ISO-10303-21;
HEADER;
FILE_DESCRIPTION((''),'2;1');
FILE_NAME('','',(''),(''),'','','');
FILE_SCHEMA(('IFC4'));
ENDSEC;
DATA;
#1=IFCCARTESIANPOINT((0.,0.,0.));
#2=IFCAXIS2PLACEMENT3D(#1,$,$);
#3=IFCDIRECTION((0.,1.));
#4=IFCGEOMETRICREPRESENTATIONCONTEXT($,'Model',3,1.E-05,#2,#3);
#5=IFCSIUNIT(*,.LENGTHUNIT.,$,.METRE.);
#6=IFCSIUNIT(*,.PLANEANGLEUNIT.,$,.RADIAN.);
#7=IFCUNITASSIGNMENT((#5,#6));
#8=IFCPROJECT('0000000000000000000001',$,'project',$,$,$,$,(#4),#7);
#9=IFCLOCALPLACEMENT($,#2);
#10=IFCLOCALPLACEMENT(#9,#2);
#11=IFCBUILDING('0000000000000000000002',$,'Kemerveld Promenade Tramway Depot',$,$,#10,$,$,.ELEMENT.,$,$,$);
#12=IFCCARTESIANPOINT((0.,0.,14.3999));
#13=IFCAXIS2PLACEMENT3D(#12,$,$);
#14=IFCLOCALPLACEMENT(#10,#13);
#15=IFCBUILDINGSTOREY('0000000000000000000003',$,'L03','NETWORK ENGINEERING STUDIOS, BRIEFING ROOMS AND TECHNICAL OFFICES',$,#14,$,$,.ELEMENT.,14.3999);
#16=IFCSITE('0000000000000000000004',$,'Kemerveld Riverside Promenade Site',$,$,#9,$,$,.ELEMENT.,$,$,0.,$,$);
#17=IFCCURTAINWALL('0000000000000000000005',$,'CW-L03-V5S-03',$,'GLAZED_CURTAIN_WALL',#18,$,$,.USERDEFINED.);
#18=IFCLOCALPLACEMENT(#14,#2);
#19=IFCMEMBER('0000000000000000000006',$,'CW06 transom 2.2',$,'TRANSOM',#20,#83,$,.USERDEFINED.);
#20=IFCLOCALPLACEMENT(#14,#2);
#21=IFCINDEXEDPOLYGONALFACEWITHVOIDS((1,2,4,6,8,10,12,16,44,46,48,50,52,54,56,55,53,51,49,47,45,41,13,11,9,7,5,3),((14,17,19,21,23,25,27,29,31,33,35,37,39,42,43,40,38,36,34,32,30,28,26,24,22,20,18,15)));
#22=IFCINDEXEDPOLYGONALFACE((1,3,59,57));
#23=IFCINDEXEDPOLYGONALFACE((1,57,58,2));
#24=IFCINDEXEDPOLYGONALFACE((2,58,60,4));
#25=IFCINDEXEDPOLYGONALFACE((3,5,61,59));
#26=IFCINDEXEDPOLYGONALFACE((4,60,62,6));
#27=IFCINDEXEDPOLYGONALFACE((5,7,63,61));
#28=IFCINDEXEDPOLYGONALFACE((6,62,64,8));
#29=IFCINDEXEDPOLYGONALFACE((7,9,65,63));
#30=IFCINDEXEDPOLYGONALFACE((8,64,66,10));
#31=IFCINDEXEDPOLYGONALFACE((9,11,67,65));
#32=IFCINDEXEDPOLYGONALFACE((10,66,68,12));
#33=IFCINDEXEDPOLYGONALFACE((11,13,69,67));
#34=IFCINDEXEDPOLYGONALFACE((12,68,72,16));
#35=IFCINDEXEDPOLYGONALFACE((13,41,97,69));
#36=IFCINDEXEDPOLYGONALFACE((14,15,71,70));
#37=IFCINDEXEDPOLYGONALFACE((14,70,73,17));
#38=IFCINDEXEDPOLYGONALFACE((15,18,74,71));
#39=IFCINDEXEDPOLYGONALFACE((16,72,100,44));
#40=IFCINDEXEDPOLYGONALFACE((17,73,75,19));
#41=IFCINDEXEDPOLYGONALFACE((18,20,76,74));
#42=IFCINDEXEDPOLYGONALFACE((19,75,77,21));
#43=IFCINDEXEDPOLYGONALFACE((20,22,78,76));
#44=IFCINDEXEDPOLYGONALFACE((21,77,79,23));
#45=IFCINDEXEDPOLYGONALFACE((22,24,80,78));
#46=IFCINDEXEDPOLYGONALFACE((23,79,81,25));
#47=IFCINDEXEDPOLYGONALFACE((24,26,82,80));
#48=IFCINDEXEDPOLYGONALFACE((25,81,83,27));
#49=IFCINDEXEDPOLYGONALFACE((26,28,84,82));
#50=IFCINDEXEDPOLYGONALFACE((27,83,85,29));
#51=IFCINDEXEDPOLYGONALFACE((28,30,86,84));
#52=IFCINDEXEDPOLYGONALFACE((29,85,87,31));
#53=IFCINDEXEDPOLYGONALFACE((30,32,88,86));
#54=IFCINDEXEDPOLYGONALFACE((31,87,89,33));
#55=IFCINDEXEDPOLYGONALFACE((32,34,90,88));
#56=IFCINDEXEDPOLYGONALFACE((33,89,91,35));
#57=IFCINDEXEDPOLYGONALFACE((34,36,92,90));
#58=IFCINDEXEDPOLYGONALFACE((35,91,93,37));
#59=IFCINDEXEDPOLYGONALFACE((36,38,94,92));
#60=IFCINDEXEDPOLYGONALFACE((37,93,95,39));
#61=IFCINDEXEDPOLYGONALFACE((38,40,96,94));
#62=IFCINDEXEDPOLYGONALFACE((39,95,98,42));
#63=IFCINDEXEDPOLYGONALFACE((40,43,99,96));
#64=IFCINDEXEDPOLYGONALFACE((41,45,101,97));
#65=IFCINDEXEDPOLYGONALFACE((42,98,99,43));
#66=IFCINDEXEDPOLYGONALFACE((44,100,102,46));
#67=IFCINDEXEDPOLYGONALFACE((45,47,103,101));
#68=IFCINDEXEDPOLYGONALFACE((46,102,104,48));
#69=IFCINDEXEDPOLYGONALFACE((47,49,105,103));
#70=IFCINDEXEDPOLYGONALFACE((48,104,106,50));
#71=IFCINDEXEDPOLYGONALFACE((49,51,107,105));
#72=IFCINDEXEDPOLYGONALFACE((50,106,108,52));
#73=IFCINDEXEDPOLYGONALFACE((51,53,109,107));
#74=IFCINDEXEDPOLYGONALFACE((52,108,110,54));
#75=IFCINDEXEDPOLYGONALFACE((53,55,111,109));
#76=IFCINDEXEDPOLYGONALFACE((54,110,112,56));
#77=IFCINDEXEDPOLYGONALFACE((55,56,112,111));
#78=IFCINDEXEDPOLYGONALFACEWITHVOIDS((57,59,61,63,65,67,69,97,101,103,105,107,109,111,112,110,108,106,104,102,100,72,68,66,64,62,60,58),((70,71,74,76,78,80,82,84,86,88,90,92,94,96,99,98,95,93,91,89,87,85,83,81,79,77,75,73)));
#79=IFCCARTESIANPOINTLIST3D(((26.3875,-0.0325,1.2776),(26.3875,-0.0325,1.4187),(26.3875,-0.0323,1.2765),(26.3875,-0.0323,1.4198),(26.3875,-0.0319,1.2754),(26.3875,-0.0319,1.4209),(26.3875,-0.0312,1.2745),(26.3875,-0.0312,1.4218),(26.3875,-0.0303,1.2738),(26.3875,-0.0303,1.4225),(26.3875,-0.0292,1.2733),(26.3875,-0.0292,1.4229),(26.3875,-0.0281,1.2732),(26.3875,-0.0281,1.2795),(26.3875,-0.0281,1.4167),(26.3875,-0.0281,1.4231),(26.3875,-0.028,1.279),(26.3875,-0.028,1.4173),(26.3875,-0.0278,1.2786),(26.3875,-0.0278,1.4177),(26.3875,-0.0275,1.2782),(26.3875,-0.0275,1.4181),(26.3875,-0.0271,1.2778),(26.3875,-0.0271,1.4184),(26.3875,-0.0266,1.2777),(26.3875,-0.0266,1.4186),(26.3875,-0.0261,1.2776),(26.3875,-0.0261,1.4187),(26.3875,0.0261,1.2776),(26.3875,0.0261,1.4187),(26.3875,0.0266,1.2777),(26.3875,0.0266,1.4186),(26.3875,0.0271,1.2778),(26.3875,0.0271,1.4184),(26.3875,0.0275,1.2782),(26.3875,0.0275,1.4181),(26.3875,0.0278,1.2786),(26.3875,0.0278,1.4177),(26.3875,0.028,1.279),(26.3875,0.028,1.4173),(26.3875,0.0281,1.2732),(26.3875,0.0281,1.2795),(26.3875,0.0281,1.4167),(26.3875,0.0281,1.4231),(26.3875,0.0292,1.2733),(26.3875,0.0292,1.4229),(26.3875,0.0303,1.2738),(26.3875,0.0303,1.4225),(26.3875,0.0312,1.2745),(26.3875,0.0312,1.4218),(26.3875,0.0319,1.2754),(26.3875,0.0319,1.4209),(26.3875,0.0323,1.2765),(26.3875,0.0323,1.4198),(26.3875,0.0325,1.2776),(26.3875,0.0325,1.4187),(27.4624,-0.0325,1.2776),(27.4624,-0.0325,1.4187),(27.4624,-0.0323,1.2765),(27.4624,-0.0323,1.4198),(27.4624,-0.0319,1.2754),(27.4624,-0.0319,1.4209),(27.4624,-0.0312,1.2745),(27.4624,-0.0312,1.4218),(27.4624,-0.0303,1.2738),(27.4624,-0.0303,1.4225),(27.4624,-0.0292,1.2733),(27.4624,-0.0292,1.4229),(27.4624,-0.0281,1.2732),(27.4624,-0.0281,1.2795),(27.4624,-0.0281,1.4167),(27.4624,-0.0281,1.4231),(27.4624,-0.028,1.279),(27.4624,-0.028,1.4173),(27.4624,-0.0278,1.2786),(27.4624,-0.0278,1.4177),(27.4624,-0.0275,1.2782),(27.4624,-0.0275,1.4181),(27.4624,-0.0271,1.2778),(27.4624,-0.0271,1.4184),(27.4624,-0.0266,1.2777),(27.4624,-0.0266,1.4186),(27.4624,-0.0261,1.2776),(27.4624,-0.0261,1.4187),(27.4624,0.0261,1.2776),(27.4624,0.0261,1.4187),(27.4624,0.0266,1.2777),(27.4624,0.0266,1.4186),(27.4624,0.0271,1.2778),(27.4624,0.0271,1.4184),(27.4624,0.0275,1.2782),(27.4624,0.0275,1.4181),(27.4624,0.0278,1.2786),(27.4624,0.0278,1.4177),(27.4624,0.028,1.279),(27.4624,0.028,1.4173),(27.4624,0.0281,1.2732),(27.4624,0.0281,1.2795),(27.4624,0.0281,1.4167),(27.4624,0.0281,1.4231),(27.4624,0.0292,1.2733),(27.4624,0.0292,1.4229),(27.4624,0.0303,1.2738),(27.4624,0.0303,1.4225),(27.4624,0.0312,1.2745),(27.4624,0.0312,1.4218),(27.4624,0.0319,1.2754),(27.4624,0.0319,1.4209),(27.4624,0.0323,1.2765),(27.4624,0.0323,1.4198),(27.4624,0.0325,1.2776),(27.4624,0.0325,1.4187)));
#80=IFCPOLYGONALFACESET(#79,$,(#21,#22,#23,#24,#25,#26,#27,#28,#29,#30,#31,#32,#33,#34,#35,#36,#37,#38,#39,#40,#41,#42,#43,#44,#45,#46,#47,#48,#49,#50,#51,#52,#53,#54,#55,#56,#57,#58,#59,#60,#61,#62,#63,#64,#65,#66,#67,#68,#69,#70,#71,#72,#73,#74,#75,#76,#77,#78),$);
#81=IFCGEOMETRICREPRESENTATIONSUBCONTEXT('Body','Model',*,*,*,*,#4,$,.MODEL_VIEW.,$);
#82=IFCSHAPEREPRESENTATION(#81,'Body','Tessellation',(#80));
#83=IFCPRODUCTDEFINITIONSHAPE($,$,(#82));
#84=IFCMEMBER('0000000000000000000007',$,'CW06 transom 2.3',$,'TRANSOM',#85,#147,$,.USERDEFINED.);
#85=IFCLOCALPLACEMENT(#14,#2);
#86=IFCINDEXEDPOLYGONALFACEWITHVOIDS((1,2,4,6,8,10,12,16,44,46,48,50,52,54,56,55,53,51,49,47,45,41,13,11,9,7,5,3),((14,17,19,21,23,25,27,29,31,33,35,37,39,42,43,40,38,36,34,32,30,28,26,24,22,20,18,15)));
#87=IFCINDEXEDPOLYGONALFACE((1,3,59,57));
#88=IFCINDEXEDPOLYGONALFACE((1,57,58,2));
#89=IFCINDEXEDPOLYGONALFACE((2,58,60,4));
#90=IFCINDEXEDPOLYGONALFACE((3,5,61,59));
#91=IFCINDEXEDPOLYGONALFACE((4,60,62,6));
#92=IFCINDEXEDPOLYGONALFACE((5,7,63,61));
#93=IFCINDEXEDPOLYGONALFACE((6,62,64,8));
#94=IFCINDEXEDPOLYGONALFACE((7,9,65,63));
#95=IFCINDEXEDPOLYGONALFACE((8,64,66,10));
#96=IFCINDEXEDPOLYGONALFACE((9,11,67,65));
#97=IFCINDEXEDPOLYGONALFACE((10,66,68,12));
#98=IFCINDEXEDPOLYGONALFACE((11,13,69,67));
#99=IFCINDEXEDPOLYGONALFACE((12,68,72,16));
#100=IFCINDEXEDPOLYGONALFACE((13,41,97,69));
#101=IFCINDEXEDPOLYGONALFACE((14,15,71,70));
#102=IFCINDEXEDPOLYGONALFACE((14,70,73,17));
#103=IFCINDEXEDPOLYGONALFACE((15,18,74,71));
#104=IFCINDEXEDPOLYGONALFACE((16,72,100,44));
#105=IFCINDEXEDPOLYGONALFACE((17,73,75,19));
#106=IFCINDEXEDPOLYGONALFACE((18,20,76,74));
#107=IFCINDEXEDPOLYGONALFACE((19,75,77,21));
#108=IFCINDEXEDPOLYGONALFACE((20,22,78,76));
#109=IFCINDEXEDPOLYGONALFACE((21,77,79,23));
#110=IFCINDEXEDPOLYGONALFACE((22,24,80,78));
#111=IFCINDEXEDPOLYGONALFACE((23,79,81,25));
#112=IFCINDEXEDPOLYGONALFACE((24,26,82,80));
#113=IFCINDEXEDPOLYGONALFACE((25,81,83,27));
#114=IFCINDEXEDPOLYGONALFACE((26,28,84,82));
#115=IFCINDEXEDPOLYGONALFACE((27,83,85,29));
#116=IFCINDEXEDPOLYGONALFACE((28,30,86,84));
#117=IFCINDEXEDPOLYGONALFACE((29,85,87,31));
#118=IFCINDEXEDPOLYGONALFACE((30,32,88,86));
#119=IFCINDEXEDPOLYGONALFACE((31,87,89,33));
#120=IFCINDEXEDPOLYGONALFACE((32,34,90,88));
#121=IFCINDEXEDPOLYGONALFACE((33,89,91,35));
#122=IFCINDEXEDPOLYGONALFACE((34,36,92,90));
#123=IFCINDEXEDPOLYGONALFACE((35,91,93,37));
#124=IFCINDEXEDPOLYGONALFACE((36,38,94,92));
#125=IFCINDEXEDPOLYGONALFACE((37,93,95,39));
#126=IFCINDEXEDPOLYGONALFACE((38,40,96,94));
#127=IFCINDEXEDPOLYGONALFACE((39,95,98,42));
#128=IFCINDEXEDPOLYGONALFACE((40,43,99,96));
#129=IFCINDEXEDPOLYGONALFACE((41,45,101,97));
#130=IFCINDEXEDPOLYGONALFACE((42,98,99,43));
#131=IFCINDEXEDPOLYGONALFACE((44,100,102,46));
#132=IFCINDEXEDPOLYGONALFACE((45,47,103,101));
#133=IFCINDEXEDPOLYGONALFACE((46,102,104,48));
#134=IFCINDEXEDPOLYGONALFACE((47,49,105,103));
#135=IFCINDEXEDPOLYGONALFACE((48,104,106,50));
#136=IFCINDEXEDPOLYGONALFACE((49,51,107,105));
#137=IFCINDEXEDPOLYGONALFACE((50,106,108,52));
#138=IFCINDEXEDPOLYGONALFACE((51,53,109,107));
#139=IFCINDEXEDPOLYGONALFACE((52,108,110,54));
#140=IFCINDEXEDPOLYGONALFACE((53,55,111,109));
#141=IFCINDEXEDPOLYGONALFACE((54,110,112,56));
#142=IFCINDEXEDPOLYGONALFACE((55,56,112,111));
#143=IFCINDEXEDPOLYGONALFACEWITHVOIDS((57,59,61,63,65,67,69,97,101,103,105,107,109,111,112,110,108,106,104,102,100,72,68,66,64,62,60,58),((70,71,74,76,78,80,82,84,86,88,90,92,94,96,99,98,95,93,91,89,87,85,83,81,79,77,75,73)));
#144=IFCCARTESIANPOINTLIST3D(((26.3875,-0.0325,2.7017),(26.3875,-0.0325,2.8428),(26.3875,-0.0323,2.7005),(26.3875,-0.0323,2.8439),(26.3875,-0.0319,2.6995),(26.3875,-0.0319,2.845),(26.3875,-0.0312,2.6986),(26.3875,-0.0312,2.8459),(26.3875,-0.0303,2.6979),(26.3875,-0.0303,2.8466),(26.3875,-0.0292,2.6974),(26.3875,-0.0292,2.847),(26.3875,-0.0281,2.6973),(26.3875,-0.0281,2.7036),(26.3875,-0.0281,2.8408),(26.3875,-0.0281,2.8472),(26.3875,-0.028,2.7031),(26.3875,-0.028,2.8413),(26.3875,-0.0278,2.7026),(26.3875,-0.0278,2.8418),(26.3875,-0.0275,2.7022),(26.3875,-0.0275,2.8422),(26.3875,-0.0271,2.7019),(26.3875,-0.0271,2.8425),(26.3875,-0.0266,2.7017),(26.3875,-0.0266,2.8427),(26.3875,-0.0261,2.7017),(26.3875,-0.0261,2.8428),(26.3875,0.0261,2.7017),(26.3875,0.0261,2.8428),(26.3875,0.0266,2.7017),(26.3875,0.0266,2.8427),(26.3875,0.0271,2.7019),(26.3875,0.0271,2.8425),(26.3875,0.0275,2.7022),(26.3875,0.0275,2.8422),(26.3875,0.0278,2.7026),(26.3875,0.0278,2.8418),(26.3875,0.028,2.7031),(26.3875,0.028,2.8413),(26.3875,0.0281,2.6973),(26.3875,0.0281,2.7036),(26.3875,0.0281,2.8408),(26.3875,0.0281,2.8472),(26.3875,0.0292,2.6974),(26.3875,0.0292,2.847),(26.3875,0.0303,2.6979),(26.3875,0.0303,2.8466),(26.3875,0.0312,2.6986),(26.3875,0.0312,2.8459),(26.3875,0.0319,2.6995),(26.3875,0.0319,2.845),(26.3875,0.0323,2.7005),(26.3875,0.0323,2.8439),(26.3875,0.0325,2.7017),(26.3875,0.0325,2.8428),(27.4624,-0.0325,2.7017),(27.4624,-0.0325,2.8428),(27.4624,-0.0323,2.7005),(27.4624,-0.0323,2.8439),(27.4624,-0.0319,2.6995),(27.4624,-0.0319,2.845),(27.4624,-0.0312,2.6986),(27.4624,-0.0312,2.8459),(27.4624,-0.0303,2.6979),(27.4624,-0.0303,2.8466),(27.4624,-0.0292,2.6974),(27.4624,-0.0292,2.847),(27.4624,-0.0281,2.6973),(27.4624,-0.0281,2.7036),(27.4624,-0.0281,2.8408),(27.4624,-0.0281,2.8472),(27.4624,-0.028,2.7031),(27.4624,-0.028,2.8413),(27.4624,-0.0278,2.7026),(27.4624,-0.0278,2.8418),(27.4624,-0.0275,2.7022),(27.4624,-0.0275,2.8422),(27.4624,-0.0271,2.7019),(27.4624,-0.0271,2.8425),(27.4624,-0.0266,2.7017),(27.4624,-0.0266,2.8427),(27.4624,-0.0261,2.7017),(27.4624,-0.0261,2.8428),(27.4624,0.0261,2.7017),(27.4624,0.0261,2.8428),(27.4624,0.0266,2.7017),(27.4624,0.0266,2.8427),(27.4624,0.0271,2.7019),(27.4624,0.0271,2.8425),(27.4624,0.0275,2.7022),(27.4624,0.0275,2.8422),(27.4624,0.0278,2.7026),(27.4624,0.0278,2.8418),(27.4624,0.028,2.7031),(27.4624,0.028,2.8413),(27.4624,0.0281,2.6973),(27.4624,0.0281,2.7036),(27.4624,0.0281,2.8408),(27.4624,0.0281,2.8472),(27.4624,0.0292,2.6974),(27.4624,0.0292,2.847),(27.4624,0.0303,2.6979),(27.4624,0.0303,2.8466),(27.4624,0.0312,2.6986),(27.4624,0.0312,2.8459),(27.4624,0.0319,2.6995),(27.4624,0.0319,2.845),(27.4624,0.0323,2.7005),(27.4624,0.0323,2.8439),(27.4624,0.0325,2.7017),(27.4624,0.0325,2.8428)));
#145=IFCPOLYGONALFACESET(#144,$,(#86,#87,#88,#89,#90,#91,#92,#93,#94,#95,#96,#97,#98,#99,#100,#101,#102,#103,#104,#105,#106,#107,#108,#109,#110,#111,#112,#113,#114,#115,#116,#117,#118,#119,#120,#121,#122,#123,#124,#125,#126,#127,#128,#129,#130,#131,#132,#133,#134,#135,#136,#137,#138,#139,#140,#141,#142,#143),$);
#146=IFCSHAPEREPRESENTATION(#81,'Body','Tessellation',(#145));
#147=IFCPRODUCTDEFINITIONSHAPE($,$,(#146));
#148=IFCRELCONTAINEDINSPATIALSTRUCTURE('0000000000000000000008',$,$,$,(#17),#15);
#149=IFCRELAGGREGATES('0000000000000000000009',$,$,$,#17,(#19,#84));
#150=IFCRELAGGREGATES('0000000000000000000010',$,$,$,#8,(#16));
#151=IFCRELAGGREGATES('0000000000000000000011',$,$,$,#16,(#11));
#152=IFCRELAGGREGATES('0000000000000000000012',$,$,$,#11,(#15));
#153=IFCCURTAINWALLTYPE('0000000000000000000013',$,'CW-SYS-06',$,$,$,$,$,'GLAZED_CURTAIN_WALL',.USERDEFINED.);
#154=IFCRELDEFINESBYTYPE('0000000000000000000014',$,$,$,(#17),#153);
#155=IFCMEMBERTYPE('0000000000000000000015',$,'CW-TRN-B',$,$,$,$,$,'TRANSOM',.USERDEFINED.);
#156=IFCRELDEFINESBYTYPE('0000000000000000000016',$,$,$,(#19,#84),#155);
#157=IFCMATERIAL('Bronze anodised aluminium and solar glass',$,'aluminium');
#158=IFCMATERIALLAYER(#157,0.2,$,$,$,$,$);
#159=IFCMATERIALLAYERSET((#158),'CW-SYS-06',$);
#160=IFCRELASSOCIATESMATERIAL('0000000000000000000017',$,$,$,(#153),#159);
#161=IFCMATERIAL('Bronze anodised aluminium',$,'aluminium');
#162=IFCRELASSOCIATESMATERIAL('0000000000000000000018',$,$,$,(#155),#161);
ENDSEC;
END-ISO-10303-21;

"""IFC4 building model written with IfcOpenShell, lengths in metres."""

from ifc_helpers import new_model, si_unit, direction, frame, origin, origin_2d, place, context, subcontext, project, spatial, hollow_rectangle, extrude, material, layer, layer_set, material_profile, profile_set, type_object, element, aggregate, save


model = new_model("IFC4")

# Units and contexts
model_context = context("Model", 3, precision=1e-05, world=origin(), true_north=direction((0.0, 1.0)))
body_context = subcontext(model_context, "Body", "Model", "MODEL_VIEW")
ifc_project = project(units=[si_unit("LENGTHUNIT", "METRE"), si_unit("PLANEANGLEUNIT", "RADIAN")], contexts=[model_context])

# Site, building, storey
site_placement = place(None, origin())
site = spatial("IfcSite", under=ifc_project, at=site_placement, Name="Kemerveld Riverside Promenade Site", CompositionType="ELEMENT", RefElevation=0.0)
building_placement = place(site_placement, origin())
building = spatial("IfcBuilding", under=site, at=building_placement, Name="Kemerveld Promenade Tramway Depot", CompositionType="ELEMENT")
storey_placement = place(building_placement, frame((0.0, 0.0, 14.3999)))
storey = spatial("IfcBuildingStorey", under=building, at=storey_placement, Name="L03", Description="NETWORK ENGINEERING STUDIOS, BRIEFING ROOMS AND TECHNICAL OFFICES", CompositionType="ELEMENT", Elevation=14.3999)

# Curtain wall, members
ifc_material_1 = material(Name="Bronze anodised aluminium and solar glass", Category="aluminium")
ifc_layer_1 = layer(ifc_material_1, 0.2)
ifc_layer_set_1 = layer_set([ifc_layer_1], Name="CW-SYS-06")
curtain_wall_type = type_object("IfcCurtainWallType", Name="CW-SYS-06", ElementType="GLAZED_CURTAIN_WALL", PredefinedType="USERDEFINED", material=ifc_layer_set_1)
curtain_wall_placement = place(storey_placement, origin())
curtain_wall = element("IfcCurtainWall", 1, at=curtain_wall_placement, inside=storey, type_object=curtain_wall_type, Name="CW-L03-V5S-03", ObjectType="GLAZED_CURTAIN_WALL", PredefinedType="USERDEFINED")
ifc_material_2 = material(Name="Bronze anodised aluminium", Category="aluminium")
ifc_material_profile_1 = material_profile(ifc_material_2, hollow_rectangle(XDim=0.0649, YDim=0.1499, WallThickness=0.0044, InnerFilletRadius=0.002, OuterFilletRadius=0.0044, at=origin_2d()), Name="CW-TRN-150x65")
ifc_profile_set_1 = profile_set([ifc_material_profile_1], Name="Bronze anodised aluminium")
member_type_1 = type_object("IfcMemberType", Name="CW-TRN-B", ElementType="TRANSOM", PredefinedType="USERDEFINED", material=ifc_profile_set_1)
member_1_placement = place(storey_placement, frame((27.4624, 0.0, 1.3481), z_axis=(-1.0, 0.0, 0.0), x_axis=(0.0, -1.0, 0.0)))
member_1 = element("IfcMember", 2, at=member_1_placement, type_object=member_type_1, Name="CW06 transom 2.2", ObjectType="TRANSOM", PredefinedType="USERDEFINED", context=body_context, shape_type="SweptSolid", body=[
    extrude(hollow_rectangle(XDim=0.0649, YDim=0.1499, WallThickness=0.0044, InnerFilletRadius=0.002, OuterFilletRadius=0.0044, at=origin_2d()), origin(), (0.0, 0.0, 1.0), 1.075),
])
member_2_placement = place(storey_placement, frame((27.4624, 0.0, 2.7722), z_axis=(-1.0, 0.0, 0.0), x_axis=(0.0, -1.0, 0.0)))
member_2 = element("IfcMember", 3, at=member_2_placement, type_object=member_type_1, Name="CW06 transom 2.3", ObjectType="TRANSOM", PredefinedType="USERDEFINED", context=body_context, shape_type="SweptSolid", body=[
    extrude(hollow_rectangle(XDim=0.0649, YDim=0.1499, WallThickness=0.0044, InnerFilletRadius=0.002, OuterFilletRadius=0.0044, at=origin_2d()), origin(), (0.0, 0.0, 1.0), 1.075),
])
aggregate(curtain_wall, [member_1, member_2])

save(model, "model.ifc")
